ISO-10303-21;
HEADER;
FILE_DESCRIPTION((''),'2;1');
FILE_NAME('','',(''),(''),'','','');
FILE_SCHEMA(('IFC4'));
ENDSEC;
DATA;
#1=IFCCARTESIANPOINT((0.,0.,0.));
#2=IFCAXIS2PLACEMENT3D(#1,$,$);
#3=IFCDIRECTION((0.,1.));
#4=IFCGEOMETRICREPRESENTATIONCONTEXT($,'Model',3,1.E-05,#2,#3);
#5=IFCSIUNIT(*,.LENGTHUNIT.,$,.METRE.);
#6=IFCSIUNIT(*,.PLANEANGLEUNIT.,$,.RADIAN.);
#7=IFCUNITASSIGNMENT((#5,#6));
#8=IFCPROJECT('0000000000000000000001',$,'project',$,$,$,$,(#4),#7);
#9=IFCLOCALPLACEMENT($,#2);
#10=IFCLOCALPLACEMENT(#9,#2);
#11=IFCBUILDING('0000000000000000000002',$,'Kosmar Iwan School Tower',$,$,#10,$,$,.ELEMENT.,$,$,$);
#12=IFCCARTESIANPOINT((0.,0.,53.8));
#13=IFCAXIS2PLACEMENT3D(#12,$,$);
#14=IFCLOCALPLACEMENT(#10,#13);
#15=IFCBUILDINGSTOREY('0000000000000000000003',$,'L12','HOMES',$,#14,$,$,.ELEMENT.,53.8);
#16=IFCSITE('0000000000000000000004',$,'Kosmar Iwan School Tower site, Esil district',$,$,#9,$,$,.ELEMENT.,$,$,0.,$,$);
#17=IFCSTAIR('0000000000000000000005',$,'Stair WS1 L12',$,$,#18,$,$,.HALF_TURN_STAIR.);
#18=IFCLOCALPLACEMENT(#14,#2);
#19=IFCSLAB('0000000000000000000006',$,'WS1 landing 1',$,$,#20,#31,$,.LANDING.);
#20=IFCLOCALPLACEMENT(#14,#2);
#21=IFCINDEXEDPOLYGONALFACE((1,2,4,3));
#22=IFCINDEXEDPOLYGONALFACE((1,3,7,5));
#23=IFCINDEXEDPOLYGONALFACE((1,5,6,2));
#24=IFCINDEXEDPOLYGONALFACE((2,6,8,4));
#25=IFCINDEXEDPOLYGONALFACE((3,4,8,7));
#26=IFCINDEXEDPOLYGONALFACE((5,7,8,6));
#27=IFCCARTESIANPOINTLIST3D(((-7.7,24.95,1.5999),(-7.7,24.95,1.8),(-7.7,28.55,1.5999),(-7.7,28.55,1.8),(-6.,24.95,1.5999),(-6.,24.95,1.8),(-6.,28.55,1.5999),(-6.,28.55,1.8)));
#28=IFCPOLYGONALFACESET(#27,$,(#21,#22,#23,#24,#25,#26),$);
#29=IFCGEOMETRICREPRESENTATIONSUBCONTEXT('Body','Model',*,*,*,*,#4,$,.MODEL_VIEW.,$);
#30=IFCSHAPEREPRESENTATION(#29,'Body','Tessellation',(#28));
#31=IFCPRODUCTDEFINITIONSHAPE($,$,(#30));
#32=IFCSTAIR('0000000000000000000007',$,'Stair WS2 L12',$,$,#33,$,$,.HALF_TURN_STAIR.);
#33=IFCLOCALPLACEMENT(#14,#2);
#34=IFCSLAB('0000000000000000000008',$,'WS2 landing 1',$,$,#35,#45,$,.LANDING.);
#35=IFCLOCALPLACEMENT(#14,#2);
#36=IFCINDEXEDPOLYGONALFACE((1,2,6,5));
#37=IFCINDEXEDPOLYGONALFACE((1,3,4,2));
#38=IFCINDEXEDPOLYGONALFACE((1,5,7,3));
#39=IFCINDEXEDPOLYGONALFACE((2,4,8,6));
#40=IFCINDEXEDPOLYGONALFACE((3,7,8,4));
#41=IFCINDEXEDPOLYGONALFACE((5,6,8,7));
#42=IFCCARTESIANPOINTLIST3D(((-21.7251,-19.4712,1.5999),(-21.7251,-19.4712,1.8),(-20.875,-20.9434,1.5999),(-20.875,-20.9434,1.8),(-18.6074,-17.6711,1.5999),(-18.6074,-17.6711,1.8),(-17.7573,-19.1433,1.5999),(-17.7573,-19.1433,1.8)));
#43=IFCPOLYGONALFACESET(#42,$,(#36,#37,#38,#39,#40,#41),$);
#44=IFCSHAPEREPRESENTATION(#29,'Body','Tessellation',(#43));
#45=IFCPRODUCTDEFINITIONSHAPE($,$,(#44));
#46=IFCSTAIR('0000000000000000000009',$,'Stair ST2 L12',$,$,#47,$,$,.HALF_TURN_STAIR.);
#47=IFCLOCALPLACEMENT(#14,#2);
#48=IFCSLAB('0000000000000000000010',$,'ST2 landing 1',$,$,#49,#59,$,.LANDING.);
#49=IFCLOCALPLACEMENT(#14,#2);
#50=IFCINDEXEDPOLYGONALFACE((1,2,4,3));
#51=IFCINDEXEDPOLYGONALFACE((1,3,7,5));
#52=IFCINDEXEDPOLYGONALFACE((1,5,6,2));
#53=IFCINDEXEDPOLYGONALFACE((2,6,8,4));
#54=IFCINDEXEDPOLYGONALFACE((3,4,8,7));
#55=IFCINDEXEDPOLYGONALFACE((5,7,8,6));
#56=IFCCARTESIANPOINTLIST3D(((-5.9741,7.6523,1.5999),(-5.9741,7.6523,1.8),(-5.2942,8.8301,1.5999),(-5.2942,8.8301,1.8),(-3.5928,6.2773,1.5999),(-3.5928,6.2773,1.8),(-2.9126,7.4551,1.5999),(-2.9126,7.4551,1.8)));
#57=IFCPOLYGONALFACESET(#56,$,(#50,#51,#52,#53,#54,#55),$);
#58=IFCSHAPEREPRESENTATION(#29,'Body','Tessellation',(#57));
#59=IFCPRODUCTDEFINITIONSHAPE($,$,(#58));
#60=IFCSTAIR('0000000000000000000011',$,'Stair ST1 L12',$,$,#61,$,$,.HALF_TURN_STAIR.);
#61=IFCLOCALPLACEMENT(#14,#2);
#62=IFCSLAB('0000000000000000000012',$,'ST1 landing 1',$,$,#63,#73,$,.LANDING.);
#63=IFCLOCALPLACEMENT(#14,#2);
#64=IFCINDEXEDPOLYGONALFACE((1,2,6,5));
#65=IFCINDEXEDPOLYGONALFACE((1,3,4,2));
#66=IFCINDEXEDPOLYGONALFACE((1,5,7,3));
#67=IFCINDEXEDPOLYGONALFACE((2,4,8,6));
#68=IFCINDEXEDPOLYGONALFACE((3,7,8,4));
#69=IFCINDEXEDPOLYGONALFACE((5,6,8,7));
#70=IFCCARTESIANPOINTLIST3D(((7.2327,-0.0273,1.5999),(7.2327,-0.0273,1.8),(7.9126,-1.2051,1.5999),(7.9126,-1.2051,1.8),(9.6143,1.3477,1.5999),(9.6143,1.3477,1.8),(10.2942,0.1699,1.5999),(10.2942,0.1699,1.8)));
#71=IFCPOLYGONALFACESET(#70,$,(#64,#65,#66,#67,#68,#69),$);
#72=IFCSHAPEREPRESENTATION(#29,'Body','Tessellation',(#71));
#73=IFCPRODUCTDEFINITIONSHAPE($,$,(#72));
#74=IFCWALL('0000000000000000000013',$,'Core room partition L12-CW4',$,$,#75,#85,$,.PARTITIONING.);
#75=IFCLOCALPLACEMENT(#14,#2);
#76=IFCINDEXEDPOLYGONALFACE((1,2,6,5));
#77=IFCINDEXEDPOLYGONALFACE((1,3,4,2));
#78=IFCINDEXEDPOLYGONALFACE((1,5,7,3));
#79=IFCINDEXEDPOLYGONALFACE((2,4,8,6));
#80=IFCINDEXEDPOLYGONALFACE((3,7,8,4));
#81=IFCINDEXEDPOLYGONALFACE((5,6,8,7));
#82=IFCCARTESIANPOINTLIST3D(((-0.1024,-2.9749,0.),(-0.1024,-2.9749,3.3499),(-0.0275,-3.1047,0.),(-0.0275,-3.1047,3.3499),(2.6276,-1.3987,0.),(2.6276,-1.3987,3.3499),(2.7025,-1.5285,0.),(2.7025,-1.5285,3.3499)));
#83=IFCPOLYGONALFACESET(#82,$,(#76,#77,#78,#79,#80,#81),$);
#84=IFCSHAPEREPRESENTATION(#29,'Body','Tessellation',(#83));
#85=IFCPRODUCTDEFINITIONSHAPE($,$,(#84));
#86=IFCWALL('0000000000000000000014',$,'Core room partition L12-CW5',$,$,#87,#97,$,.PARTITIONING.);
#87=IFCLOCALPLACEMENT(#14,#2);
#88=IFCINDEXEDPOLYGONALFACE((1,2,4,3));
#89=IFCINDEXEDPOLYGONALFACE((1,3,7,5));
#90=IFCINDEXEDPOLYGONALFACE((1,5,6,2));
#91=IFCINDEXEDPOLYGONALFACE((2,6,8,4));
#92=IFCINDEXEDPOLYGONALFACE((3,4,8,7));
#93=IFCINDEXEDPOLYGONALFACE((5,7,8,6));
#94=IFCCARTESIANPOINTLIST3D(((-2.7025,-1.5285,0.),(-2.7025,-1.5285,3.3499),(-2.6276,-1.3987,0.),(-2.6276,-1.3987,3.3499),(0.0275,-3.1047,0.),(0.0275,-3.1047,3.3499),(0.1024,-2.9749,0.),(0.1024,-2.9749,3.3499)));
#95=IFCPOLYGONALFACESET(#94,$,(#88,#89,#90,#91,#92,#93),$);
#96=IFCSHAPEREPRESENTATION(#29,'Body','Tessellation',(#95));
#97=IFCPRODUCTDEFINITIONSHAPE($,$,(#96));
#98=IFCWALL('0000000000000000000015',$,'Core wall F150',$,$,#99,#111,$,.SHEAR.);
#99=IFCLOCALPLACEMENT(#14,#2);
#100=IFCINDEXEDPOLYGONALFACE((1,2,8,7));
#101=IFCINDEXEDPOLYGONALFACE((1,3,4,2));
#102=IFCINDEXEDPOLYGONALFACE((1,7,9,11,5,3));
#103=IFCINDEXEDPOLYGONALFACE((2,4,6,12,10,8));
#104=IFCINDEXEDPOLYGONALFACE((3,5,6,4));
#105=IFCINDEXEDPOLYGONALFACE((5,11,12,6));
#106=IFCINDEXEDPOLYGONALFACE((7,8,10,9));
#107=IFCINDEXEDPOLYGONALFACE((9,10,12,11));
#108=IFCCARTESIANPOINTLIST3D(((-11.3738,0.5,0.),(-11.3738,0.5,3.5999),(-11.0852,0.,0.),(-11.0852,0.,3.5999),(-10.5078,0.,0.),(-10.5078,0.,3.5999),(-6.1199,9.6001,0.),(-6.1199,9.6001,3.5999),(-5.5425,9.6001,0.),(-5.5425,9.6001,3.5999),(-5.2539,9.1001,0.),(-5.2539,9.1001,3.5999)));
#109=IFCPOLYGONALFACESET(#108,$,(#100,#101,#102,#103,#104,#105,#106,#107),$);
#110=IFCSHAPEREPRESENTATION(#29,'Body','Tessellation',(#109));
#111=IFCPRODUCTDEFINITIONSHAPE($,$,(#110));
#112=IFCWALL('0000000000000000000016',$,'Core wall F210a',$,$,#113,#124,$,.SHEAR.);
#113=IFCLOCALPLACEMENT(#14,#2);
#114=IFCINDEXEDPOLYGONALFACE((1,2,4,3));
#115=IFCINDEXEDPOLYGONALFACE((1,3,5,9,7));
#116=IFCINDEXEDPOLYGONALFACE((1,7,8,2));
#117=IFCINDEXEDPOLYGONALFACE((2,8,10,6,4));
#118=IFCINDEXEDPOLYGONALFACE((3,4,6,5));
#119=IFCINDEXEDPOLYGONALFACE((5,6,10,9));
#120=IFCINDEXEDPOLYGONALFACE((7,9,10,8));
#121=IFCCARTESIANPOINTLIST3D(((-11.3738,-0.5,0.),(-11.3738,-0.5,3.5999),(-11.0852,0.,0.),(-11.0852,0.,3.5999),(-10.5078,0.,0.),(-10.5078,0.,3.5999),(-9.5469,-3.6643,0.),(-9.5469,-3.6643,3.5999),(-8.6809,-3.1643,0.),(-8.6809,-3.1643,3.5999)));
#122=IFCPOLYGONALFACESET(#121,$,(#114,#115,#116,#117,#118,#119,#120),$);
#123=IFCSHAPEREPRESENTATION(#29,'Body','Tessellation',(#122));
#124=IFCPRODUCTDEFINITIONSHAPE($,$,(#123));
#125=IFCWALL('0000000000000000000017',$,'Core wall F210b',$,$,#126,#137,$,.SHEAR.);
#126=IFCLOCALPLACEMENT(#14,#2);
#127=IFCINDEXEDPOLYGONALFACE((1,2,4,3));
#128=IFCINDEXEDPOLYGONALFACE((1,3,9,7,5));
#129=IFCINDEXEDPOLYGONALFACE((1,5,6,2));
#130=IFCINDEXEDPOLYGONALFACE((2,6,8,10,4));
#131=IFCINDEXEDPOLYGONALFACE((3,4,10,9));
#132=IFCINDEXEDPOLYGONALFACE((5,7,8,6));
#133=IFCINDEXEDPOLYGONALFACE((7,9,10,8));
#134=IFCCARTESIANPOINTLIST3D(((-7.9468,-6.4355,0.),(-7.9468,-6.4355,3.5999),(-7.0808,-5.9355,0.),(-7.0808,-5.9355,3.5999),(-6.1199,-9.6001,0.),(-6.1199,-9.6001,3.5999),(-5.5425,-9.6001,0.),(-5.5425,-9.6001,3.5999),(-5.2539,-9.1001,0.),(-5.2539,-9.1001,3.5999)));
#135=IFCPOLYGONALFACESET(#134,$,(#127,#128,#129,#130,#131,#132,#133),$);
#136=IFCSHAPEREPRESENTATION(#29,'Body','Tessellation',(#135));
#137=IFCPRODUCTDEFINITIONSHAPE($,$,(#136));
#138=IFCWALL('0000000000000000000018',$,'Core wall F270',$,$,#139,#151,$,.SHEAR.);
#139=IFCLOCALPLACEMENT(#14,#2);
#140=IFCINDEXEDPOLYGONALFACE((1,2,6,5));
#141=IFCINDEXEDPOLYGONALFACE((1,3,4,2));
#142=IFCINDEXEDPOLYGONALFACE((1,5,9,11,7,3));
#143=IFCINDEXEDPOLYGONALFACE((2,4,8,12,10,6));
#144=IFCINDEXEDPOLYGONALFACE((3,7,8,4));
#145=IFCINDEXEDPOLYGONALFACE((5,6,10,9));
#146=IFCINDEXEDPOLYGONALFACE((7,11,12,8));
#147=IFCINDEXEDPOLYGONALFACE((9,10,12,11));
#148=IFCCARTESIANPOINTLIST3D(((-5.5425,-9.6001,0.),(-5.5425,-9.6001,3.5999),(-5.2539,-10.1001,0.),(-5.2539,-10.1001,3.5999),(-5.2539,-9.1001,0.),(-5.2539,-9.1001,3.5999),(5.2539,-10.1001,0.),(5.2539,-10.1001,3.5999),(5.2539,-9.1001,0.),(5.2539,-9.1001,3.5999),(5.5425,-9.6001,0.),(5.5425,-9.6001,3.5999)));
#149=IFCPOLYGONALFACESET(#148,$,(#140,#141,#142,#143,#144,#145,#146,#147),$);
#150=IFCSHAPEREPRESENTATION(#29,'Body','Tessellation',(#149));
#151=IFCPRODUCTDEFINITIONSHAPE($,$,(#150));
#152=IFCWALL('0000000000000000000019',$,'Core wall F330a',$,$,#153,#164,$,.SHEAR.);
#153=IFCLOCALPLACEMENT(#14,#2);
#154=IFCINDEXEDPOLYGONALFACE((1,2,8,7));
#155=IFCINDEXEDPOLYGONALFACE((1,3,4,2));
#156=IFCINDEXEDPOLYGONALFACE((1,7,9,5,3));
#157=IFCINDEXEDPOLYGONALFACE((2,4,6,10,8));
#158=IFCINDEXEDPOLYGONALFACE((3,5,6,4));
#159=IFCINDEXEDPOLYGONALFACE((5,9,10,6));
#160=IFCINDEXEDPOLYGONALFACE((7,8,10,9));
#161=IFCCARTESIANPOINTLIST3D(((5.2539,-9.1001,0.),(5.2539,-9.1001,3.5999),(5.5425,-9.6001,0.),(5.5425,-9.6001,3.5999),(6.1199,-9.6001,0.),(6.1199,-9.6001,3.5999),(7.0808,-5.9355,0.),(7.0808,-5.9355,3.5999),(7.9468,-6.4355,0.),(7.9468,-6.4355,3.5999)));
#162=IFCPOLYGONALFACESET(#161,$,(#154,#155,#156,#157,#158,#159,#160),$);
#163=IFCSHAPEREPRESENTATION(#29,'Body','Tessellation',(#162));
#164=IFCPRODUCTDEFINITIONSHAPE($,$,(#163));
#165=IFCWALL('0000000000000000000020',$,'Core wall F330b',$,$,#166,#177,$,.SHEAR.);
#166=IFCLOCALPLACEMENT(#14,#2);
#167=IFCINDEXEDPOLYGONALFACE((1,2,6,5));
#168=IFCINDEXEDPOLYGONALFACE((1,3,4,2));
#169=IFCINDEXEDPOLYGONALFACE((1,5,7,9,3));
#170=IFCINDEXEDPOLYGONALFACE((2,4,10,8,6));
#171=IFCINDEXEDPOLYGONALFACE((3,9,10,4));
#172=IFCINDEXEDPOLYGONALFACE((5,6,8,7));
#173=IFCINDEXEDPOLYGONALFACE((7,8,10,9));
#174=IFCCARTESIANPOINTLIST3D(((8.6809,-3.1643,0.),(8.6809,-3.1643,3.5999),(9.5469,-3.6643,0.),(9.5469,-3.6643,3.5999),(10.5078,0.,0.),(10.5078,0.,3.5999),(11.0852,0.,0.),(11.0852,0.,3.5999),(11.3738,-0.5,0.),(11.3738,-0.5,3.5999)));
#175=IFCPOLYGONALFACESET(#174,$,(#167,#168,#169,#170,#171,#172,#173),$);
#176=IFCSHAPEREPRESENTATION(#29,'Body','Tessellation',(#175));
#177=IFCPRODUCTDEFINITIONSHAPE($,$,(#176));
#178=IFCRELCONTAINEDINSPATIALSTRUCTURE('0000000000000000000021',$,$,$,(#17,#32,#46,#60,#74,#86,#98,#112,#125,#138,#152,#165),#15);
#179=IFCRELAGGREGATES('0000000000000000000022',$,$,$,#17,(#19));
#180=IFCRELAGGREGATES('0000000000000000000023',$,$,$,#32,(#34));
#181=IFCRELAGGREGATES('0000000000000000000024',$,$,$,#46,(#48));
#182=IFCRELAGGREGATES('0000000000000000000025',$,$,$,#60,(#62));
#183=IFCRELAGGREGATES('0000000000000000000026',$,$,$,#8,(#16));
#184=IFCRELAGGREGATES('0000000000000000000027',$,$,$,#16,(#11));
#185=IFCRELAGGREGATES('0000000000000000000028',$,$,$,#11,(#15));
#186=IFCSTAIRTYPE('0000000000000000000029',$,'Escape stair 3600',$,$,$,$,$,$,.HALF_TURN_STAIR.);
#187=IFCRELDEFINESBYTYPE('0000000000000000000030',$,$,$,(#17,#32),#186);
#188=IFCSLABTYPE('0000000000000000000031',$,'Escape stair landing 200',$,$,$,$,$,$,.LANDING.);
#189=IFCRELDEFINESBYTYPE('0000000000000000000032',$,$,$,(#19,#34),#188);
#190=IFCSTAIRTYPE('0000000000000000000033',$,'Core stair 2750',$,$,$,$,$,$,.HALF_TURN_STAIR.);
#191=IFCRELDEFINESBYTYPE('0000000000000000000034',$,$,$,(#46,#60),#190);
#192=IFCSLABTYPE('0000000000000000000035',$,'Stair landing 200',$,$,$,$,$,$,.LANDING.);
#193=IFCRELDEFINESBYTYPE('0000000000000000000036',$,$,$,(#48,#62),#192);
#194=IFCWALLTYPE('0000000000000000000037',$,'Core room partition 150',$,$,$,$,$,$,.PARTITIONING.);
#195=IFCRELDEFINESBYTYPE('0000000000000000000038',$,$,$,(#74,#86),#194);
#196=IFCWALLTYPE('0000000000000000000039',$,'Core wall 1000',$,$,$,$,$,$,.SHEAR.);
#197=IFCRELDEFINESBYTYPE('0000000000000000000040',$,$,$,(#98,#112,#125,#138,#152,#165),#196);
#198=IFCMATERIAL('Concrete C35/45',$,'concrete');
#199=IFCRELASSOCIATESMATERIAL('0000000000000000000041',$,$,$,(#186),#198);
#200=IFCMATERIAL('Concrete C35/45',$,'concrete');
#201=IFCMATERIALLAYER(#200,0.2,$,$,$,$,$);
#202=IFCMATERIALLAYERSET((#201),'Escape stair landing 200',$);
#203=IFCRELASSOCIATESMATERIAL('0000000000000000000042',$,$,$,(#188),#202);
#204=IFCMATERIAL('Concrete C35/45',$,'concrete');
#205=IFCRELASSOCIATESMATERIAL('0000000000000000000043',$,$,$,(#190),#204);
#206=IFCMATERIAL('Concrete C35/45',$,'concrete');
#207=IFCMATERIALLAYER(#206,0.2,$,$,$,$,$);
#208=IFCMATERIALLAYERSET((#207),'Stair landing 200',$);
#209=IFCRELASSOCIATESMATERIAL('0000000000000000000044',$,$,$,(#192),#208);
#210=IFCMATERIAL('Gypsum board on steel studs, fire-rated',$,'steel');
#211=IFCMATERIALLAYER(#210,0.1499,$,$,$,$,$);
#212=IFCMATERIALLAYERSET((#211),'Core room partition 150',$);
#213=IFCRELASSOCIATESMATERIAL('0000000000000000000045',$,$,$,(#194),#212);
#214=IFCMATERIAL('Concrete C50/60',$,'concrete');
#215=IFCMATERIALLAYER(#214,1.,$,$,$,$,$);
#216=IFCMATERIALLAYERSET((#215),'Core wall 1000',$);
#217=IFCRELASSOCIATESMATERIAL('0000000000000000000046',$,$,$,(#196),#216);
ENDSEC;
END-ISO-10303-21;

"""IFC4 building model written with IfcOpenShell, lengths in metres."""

from ifc_helpers import new_model, si_unit, direction, frame, frame_2d, origin, place, context, subcontext, project, spatial, polyline, rectangle, outline, extrude, material, layer, layer_set, type_object, element, aggregate, save


model = new_model("IFC4")

# Units and contexts
model_context = context("Model", 3, precision=1e-05, world=origin(), true_north=direction((0.0, 1.0)))
body_context = subcontext(model_context, "Body", "Model", "MODEL_VIEW")
ifc_project = project(units=[si_unit("LENGTHUNIT", "METRE"), si_unit("PLANEANGLEUNIT", "RADIAN")], contexts=[model_context])

# Site, building, storey
site_placement = place(None, origin())
site = spatial("IfcSite", under=ifc_project, at=site_placement, Name="Kosmar Iwan School Tower site, Esil district", CompositionType="ELEMENT", RefElevation=0.0)
building_placement = place(site_placement, origin())
building = spatial("IfcBuilding", under=site, at=building_placement, Name="Kosmar Iwan School Tower", CompositionType="ELEMENT")
storey_placement = place(building_placement, frame((0.0, 0.0, 53.8)))
storey = spatial("IfcBuildingStorey", under=building, at=storey_placement, Name="L12", Description="HOMES", CompositionType="ELEMENT", Elevation=53.8)

# Stairs, slabs
ifc_material_1 = material(Name="Concrete C35/45", Category="concrete")
stair_type_1 = type_object("IfcStairType", Name="Escape stair 3600", PredefinedType="HALF_TURN_STAIR", material=ifc_material_1)
stair_1_placement = place(storey_placement, origin())
stair_1 = element("IfcStair", 1, at=stair_1_placement, inside=storey, type_object=stair_type_1, Name="Stair WS1 L12", PredefinedType="HALF_TURN_STAIR")
ifc_material_2 = material(Name="Concrete C35/45", Category="concrete")
ifc_layer_1 = layer(ifc_material_2, 0.2)
ifc_layer_set_1 = layer_set([ifc_layer_1], Name="Escape stair landing 200")
slab_type_1 = type_object("IfcSlabType", Name="Escape stair landing 200", PredefinedType="LANDING", material=ifc_layer_set_1)
slab_1_placement = place(storey_placement, frame((0.0, 0.0, 1.5999)))
slab_1 = element("IfcSlab", 2, at=slab_1_placement, type_object=slab_type_1, Name="WS1 landing 1", PredefinedType="LANDING", context=body_context, shape_type="SweptSolid", body=[
    extrude(outline(polyline([(-6.0, 24.95), (-6.0, 28.55), (-7.7, 28.55), (-7.7, 24.95), (-6.0, 24.95)])), origin(), (0.0, 0.0, 1.0), 0.2002),
])
aggregate(stair_1, [slab_1])
stair_2_placement = place(storey_placement, origin())
stair_2 = element("IfcStair", 3, at=stair_2_placement, inside=storey, type_object=stair_type_1, Name="Stair WS2 L12", PredefinedType="HALF_TURN_STAIR")
slab_2_placement = place(storey_placement, frame((0.0, 0.0, 1.5999)))
slab_2 = element("IfcSlab", 4, at=slab_2_placement, type_object=slab_type_1, Name="WS2 landing 1", PredefinedType="LANDING", context=body_context, shape_type="SweptSolid", body=[
    extrude(outline(polyline([(-18.6074, -17.6711), (-21.7251, -19.4712), (-20.875, -20.9434), (-17.7573, -19.1433), (-18.6074, -17.6711)])), origin(), (0.0, 0.0, 1.0), 0.2002),
])
aggregate(stair_2, [slab_2])
ifc_material_3 = material(Name="Concrete C35/45", Category="concrete")
stair_type_2 = type_object("IfcStairType", Name="Core stair 2750", PredefinedType="HALF_TURN_STAIR", material=ifc_material_3)
stair_3_placement = place(storey_placement, origin())
stair_3 = element("IfcStair", 5, at=stair_3_placement, inside=storey, type_object=stair_type_2, Name="Stair ST2 L12", PredefinedType="HALF_TURN_STAIR")
ifc_material_4 = material(Name="Concrete C35/45", Category="concrete")
ifc_layer_2 = layer(ifc_material_4, 0.2)
ifc_layer_set_2 = layer_set([ifc_layer_2], Name="Stair landing 200")
slab_type_2 = type_object("IfcSlabType", Name="Stair landing 200", PredefinedType="LANDING", material=ifc_layer_set_2)
slab_3_placement = place(storey_placement, frame((0.0, 0.0, 1.5999)))
slab_3 = element("IfcSlab", 6, at=slab_3_placement, type_object=slab_type_2, Name="ST2 landing 1", PredefinedType="LANDING", context=body_context, shape_type="SweptSolid", body=[
    extrude(outline(polyline([(-2.9126, 7.4551), (-5.2942, 8.8301), (-5.9741, 7.6523), (-3.5928, 6.2773), (-2.9126, 7.4551)])), origin(), (0.0, 0.0, 1.0), 0.2002),
])
aggregate(stair_3, [slab_3])
stair_4_placement = place(storey_placement, origin())
stair_4 = element("IfcStair", 7, at=stair_4_placement, inside=storey, type_object=stair_type_2, Name="Stair ST1 L12", PredefinedType="HALF_TURN_STAIR")
slab_4_placement = place(storey_placement, frame((0.0, 0.0, 1.5999)))
slab_4 = element("IfcSlab", 8, at=slab_4_placement, type_object=slab_type_2, Name="ST1 landing 1", PredefinedType="LANDING", context=body_context, shape_type="SweptSolid", body=[
    extrude(outline(polyline([(7.9126, -1.2051), (10.2942, 0.1699), (9.6143, 1.3477), (7.2327, -0.0273), (7.9126, -1.2051)])), origin(), (0.0, 0.0, 1.0), 0.2002),
])
aggregate(stair_4, [slab_4])

# Walls
ifc_material_5 = material(Name="Gypsum board on steel studs, fire-rated", Category="steel")
ifc_layer_3 = layer(ifc_material_5, 0.1499)
ifc_layer_set_3 = layer_set([ifc_layer_3], Name="Core room partition 150")
wall_type_1 = type_object("IfcWallType", Name="Core room partition 150", PredefinedType="PARTITIONING", material=ifc_layer_set_3)
for number, where, z_axis, x_axis, name in (
    (9, (2.665, -1.4636, 0.0), (0.0, 0.0, 1.0), (-0.866023, -0.500004, 0.0), "Core room partition L12-CW4"),
    (10, (0.0649, -3.0398, 0.0), (0.0, 0.0, 1.0), (-0.866023, 0.500004, 0.0), "Core room partition L12-CW5"),
):
    element("IfcWall", number, at=place(storey_placement, frame(where, z_axis=z_axis, x_axis=x_axis)), inside=storey, type_object=wall_type_1, Name=name, PredefinedType="PARTITIONING", context=body_context, shape_type="SweptSolid", body=[
        extrude(rectangle(XDim=3.1523, YDim=0.1499, at=frame_2d((1.5762, 0.0))), origin(), (0.0, 0.0, 1.0), 3.3499),
    ])
ifc_material_6 = material(Name="Concrete C50/60", Category="concrete")
ifc_layer_4 = layer(ifc_material_6, 1.0)
ifc_layer_set_4 = layer_set([ifc_layer_4], Name="Core wall 1000")
wall_type_2 = type_object("IfcWallType", Name="Core wall 1000", PredefinedType="SHEAR", material=ifc_layer_set_4)
wall_1_placement = place(storey_placement, origin())
element("IfcWall", 11, at=wall_1_placement, inside=storey, type_object=wall_type_2, Name="Core wall F150", PredefinedType="SHEAR", context=body_context, shape_type="SweptSolid", body=[
    extrude(outline(polyline([(-11.0852, 0.0), (-10.5078, 0.0), (-5.2539, 9.1001), (-5.5425, 9.6001), (-6.1199, 9.6001), (-11.3738, 0.5), (-11.0852, 0.0)])), origin(), (0.0, 0.0, 1.0), 3.5999),
])
wall_2_placement = place(storey_placement, origin())
element("IfcWall", 12, at=wall_2_placement, inside=storey, type_object=wall_type_2, Name="Core wall F210a", PredefinedType="SHEAR", context=body_context, shape_type="SweptSolid", body=[
    extrude(outline(polyline([(-9.5469, -3.6643), (-8.6809, -3.1643), (-10.5078, 0.0), (-11.0852, 0.0), (-11.3738, -0.5), (-9.5469, -3.6643)])), origin(), (0.0, 0.0, 1.0), 3.5999),
])
wall_3_placement = place(storey_placement, origin())
element("IfcWall", 13, at=wall_3_placement, inside=storey, type_object=wall_type_2, Name="Core wall F210b", PredefinedType="SHEAR", context=body_context, shape_type="SweptSolid", body=[
    extrude(outline(polyline([(-6.1199, -9.6001), (-5.5425, -9.6001), (-5.2539, -9.1001), (-7.0808, -5.9355), (-7.9468, -6.4355), (-6.1199, -9.6001)])), origin(), (0.0, 0.0, 1.0), 3.5999),
])
wall_4_placement = place(storey_placement, origin())
element("IfcWall", 14, at=wall_4_placement, inside=storey, type_object=wall_type_2, Name="Core wall F270", PredefinedType="SHEAR", context=body_context, shape_type="SweptSolid", body=[
    extrude(outline(polyline([(-5.2539, -10.1001), (5.2539, -10.1001), (5.5425, -9.6001), (5.2539, -9.1001), (-5.2539, -9.1001), (-5.5425, -9.6001), (-5.2539, -10.1001)])), origin(), (0.0, 0.0, 1.0), 3.5999),
])
wall_5_placement = place(storey_placement, origin())
element("IfcWall", 15, at=wall_5_placement, inside=storey, type_object=wall_type_2, Name="Core wall F330a", PredefinedType="SHEAR", context=body_context, shape_type="SweptSolid", body=[
    extrude(outline(polyline([(5.5425, -9.6001), (6.1199, -9.6001), (7.9468, -6.4355), (7.0808, -5.9355), (5.2539, -9.1001), (5.5425, -9.6001)])), origin(), (0.0, 0.0, 1.0), 3.5999),
])
wall_6_placement = place(storey_placement, origin())
element("IfcWall", 16, at=wall_6_placement, inside=storey, type_object=wall_type_2, Name="Core wall F330b", PredefinedType="SHEAR", context=body_context, shape_type="SweptSolid", body=[
    extrude(outline(polyline([(9.5469, -3.6643), (11.3738, -0.5), (11.0852, 0.0), (10.5078, 0.0), (8.6809, -3.1643), (9.5469, -3.6643)])), origin(), (0.0, 0.0, 1.0), 3.5999),
])

save(model, "model.ifc")
